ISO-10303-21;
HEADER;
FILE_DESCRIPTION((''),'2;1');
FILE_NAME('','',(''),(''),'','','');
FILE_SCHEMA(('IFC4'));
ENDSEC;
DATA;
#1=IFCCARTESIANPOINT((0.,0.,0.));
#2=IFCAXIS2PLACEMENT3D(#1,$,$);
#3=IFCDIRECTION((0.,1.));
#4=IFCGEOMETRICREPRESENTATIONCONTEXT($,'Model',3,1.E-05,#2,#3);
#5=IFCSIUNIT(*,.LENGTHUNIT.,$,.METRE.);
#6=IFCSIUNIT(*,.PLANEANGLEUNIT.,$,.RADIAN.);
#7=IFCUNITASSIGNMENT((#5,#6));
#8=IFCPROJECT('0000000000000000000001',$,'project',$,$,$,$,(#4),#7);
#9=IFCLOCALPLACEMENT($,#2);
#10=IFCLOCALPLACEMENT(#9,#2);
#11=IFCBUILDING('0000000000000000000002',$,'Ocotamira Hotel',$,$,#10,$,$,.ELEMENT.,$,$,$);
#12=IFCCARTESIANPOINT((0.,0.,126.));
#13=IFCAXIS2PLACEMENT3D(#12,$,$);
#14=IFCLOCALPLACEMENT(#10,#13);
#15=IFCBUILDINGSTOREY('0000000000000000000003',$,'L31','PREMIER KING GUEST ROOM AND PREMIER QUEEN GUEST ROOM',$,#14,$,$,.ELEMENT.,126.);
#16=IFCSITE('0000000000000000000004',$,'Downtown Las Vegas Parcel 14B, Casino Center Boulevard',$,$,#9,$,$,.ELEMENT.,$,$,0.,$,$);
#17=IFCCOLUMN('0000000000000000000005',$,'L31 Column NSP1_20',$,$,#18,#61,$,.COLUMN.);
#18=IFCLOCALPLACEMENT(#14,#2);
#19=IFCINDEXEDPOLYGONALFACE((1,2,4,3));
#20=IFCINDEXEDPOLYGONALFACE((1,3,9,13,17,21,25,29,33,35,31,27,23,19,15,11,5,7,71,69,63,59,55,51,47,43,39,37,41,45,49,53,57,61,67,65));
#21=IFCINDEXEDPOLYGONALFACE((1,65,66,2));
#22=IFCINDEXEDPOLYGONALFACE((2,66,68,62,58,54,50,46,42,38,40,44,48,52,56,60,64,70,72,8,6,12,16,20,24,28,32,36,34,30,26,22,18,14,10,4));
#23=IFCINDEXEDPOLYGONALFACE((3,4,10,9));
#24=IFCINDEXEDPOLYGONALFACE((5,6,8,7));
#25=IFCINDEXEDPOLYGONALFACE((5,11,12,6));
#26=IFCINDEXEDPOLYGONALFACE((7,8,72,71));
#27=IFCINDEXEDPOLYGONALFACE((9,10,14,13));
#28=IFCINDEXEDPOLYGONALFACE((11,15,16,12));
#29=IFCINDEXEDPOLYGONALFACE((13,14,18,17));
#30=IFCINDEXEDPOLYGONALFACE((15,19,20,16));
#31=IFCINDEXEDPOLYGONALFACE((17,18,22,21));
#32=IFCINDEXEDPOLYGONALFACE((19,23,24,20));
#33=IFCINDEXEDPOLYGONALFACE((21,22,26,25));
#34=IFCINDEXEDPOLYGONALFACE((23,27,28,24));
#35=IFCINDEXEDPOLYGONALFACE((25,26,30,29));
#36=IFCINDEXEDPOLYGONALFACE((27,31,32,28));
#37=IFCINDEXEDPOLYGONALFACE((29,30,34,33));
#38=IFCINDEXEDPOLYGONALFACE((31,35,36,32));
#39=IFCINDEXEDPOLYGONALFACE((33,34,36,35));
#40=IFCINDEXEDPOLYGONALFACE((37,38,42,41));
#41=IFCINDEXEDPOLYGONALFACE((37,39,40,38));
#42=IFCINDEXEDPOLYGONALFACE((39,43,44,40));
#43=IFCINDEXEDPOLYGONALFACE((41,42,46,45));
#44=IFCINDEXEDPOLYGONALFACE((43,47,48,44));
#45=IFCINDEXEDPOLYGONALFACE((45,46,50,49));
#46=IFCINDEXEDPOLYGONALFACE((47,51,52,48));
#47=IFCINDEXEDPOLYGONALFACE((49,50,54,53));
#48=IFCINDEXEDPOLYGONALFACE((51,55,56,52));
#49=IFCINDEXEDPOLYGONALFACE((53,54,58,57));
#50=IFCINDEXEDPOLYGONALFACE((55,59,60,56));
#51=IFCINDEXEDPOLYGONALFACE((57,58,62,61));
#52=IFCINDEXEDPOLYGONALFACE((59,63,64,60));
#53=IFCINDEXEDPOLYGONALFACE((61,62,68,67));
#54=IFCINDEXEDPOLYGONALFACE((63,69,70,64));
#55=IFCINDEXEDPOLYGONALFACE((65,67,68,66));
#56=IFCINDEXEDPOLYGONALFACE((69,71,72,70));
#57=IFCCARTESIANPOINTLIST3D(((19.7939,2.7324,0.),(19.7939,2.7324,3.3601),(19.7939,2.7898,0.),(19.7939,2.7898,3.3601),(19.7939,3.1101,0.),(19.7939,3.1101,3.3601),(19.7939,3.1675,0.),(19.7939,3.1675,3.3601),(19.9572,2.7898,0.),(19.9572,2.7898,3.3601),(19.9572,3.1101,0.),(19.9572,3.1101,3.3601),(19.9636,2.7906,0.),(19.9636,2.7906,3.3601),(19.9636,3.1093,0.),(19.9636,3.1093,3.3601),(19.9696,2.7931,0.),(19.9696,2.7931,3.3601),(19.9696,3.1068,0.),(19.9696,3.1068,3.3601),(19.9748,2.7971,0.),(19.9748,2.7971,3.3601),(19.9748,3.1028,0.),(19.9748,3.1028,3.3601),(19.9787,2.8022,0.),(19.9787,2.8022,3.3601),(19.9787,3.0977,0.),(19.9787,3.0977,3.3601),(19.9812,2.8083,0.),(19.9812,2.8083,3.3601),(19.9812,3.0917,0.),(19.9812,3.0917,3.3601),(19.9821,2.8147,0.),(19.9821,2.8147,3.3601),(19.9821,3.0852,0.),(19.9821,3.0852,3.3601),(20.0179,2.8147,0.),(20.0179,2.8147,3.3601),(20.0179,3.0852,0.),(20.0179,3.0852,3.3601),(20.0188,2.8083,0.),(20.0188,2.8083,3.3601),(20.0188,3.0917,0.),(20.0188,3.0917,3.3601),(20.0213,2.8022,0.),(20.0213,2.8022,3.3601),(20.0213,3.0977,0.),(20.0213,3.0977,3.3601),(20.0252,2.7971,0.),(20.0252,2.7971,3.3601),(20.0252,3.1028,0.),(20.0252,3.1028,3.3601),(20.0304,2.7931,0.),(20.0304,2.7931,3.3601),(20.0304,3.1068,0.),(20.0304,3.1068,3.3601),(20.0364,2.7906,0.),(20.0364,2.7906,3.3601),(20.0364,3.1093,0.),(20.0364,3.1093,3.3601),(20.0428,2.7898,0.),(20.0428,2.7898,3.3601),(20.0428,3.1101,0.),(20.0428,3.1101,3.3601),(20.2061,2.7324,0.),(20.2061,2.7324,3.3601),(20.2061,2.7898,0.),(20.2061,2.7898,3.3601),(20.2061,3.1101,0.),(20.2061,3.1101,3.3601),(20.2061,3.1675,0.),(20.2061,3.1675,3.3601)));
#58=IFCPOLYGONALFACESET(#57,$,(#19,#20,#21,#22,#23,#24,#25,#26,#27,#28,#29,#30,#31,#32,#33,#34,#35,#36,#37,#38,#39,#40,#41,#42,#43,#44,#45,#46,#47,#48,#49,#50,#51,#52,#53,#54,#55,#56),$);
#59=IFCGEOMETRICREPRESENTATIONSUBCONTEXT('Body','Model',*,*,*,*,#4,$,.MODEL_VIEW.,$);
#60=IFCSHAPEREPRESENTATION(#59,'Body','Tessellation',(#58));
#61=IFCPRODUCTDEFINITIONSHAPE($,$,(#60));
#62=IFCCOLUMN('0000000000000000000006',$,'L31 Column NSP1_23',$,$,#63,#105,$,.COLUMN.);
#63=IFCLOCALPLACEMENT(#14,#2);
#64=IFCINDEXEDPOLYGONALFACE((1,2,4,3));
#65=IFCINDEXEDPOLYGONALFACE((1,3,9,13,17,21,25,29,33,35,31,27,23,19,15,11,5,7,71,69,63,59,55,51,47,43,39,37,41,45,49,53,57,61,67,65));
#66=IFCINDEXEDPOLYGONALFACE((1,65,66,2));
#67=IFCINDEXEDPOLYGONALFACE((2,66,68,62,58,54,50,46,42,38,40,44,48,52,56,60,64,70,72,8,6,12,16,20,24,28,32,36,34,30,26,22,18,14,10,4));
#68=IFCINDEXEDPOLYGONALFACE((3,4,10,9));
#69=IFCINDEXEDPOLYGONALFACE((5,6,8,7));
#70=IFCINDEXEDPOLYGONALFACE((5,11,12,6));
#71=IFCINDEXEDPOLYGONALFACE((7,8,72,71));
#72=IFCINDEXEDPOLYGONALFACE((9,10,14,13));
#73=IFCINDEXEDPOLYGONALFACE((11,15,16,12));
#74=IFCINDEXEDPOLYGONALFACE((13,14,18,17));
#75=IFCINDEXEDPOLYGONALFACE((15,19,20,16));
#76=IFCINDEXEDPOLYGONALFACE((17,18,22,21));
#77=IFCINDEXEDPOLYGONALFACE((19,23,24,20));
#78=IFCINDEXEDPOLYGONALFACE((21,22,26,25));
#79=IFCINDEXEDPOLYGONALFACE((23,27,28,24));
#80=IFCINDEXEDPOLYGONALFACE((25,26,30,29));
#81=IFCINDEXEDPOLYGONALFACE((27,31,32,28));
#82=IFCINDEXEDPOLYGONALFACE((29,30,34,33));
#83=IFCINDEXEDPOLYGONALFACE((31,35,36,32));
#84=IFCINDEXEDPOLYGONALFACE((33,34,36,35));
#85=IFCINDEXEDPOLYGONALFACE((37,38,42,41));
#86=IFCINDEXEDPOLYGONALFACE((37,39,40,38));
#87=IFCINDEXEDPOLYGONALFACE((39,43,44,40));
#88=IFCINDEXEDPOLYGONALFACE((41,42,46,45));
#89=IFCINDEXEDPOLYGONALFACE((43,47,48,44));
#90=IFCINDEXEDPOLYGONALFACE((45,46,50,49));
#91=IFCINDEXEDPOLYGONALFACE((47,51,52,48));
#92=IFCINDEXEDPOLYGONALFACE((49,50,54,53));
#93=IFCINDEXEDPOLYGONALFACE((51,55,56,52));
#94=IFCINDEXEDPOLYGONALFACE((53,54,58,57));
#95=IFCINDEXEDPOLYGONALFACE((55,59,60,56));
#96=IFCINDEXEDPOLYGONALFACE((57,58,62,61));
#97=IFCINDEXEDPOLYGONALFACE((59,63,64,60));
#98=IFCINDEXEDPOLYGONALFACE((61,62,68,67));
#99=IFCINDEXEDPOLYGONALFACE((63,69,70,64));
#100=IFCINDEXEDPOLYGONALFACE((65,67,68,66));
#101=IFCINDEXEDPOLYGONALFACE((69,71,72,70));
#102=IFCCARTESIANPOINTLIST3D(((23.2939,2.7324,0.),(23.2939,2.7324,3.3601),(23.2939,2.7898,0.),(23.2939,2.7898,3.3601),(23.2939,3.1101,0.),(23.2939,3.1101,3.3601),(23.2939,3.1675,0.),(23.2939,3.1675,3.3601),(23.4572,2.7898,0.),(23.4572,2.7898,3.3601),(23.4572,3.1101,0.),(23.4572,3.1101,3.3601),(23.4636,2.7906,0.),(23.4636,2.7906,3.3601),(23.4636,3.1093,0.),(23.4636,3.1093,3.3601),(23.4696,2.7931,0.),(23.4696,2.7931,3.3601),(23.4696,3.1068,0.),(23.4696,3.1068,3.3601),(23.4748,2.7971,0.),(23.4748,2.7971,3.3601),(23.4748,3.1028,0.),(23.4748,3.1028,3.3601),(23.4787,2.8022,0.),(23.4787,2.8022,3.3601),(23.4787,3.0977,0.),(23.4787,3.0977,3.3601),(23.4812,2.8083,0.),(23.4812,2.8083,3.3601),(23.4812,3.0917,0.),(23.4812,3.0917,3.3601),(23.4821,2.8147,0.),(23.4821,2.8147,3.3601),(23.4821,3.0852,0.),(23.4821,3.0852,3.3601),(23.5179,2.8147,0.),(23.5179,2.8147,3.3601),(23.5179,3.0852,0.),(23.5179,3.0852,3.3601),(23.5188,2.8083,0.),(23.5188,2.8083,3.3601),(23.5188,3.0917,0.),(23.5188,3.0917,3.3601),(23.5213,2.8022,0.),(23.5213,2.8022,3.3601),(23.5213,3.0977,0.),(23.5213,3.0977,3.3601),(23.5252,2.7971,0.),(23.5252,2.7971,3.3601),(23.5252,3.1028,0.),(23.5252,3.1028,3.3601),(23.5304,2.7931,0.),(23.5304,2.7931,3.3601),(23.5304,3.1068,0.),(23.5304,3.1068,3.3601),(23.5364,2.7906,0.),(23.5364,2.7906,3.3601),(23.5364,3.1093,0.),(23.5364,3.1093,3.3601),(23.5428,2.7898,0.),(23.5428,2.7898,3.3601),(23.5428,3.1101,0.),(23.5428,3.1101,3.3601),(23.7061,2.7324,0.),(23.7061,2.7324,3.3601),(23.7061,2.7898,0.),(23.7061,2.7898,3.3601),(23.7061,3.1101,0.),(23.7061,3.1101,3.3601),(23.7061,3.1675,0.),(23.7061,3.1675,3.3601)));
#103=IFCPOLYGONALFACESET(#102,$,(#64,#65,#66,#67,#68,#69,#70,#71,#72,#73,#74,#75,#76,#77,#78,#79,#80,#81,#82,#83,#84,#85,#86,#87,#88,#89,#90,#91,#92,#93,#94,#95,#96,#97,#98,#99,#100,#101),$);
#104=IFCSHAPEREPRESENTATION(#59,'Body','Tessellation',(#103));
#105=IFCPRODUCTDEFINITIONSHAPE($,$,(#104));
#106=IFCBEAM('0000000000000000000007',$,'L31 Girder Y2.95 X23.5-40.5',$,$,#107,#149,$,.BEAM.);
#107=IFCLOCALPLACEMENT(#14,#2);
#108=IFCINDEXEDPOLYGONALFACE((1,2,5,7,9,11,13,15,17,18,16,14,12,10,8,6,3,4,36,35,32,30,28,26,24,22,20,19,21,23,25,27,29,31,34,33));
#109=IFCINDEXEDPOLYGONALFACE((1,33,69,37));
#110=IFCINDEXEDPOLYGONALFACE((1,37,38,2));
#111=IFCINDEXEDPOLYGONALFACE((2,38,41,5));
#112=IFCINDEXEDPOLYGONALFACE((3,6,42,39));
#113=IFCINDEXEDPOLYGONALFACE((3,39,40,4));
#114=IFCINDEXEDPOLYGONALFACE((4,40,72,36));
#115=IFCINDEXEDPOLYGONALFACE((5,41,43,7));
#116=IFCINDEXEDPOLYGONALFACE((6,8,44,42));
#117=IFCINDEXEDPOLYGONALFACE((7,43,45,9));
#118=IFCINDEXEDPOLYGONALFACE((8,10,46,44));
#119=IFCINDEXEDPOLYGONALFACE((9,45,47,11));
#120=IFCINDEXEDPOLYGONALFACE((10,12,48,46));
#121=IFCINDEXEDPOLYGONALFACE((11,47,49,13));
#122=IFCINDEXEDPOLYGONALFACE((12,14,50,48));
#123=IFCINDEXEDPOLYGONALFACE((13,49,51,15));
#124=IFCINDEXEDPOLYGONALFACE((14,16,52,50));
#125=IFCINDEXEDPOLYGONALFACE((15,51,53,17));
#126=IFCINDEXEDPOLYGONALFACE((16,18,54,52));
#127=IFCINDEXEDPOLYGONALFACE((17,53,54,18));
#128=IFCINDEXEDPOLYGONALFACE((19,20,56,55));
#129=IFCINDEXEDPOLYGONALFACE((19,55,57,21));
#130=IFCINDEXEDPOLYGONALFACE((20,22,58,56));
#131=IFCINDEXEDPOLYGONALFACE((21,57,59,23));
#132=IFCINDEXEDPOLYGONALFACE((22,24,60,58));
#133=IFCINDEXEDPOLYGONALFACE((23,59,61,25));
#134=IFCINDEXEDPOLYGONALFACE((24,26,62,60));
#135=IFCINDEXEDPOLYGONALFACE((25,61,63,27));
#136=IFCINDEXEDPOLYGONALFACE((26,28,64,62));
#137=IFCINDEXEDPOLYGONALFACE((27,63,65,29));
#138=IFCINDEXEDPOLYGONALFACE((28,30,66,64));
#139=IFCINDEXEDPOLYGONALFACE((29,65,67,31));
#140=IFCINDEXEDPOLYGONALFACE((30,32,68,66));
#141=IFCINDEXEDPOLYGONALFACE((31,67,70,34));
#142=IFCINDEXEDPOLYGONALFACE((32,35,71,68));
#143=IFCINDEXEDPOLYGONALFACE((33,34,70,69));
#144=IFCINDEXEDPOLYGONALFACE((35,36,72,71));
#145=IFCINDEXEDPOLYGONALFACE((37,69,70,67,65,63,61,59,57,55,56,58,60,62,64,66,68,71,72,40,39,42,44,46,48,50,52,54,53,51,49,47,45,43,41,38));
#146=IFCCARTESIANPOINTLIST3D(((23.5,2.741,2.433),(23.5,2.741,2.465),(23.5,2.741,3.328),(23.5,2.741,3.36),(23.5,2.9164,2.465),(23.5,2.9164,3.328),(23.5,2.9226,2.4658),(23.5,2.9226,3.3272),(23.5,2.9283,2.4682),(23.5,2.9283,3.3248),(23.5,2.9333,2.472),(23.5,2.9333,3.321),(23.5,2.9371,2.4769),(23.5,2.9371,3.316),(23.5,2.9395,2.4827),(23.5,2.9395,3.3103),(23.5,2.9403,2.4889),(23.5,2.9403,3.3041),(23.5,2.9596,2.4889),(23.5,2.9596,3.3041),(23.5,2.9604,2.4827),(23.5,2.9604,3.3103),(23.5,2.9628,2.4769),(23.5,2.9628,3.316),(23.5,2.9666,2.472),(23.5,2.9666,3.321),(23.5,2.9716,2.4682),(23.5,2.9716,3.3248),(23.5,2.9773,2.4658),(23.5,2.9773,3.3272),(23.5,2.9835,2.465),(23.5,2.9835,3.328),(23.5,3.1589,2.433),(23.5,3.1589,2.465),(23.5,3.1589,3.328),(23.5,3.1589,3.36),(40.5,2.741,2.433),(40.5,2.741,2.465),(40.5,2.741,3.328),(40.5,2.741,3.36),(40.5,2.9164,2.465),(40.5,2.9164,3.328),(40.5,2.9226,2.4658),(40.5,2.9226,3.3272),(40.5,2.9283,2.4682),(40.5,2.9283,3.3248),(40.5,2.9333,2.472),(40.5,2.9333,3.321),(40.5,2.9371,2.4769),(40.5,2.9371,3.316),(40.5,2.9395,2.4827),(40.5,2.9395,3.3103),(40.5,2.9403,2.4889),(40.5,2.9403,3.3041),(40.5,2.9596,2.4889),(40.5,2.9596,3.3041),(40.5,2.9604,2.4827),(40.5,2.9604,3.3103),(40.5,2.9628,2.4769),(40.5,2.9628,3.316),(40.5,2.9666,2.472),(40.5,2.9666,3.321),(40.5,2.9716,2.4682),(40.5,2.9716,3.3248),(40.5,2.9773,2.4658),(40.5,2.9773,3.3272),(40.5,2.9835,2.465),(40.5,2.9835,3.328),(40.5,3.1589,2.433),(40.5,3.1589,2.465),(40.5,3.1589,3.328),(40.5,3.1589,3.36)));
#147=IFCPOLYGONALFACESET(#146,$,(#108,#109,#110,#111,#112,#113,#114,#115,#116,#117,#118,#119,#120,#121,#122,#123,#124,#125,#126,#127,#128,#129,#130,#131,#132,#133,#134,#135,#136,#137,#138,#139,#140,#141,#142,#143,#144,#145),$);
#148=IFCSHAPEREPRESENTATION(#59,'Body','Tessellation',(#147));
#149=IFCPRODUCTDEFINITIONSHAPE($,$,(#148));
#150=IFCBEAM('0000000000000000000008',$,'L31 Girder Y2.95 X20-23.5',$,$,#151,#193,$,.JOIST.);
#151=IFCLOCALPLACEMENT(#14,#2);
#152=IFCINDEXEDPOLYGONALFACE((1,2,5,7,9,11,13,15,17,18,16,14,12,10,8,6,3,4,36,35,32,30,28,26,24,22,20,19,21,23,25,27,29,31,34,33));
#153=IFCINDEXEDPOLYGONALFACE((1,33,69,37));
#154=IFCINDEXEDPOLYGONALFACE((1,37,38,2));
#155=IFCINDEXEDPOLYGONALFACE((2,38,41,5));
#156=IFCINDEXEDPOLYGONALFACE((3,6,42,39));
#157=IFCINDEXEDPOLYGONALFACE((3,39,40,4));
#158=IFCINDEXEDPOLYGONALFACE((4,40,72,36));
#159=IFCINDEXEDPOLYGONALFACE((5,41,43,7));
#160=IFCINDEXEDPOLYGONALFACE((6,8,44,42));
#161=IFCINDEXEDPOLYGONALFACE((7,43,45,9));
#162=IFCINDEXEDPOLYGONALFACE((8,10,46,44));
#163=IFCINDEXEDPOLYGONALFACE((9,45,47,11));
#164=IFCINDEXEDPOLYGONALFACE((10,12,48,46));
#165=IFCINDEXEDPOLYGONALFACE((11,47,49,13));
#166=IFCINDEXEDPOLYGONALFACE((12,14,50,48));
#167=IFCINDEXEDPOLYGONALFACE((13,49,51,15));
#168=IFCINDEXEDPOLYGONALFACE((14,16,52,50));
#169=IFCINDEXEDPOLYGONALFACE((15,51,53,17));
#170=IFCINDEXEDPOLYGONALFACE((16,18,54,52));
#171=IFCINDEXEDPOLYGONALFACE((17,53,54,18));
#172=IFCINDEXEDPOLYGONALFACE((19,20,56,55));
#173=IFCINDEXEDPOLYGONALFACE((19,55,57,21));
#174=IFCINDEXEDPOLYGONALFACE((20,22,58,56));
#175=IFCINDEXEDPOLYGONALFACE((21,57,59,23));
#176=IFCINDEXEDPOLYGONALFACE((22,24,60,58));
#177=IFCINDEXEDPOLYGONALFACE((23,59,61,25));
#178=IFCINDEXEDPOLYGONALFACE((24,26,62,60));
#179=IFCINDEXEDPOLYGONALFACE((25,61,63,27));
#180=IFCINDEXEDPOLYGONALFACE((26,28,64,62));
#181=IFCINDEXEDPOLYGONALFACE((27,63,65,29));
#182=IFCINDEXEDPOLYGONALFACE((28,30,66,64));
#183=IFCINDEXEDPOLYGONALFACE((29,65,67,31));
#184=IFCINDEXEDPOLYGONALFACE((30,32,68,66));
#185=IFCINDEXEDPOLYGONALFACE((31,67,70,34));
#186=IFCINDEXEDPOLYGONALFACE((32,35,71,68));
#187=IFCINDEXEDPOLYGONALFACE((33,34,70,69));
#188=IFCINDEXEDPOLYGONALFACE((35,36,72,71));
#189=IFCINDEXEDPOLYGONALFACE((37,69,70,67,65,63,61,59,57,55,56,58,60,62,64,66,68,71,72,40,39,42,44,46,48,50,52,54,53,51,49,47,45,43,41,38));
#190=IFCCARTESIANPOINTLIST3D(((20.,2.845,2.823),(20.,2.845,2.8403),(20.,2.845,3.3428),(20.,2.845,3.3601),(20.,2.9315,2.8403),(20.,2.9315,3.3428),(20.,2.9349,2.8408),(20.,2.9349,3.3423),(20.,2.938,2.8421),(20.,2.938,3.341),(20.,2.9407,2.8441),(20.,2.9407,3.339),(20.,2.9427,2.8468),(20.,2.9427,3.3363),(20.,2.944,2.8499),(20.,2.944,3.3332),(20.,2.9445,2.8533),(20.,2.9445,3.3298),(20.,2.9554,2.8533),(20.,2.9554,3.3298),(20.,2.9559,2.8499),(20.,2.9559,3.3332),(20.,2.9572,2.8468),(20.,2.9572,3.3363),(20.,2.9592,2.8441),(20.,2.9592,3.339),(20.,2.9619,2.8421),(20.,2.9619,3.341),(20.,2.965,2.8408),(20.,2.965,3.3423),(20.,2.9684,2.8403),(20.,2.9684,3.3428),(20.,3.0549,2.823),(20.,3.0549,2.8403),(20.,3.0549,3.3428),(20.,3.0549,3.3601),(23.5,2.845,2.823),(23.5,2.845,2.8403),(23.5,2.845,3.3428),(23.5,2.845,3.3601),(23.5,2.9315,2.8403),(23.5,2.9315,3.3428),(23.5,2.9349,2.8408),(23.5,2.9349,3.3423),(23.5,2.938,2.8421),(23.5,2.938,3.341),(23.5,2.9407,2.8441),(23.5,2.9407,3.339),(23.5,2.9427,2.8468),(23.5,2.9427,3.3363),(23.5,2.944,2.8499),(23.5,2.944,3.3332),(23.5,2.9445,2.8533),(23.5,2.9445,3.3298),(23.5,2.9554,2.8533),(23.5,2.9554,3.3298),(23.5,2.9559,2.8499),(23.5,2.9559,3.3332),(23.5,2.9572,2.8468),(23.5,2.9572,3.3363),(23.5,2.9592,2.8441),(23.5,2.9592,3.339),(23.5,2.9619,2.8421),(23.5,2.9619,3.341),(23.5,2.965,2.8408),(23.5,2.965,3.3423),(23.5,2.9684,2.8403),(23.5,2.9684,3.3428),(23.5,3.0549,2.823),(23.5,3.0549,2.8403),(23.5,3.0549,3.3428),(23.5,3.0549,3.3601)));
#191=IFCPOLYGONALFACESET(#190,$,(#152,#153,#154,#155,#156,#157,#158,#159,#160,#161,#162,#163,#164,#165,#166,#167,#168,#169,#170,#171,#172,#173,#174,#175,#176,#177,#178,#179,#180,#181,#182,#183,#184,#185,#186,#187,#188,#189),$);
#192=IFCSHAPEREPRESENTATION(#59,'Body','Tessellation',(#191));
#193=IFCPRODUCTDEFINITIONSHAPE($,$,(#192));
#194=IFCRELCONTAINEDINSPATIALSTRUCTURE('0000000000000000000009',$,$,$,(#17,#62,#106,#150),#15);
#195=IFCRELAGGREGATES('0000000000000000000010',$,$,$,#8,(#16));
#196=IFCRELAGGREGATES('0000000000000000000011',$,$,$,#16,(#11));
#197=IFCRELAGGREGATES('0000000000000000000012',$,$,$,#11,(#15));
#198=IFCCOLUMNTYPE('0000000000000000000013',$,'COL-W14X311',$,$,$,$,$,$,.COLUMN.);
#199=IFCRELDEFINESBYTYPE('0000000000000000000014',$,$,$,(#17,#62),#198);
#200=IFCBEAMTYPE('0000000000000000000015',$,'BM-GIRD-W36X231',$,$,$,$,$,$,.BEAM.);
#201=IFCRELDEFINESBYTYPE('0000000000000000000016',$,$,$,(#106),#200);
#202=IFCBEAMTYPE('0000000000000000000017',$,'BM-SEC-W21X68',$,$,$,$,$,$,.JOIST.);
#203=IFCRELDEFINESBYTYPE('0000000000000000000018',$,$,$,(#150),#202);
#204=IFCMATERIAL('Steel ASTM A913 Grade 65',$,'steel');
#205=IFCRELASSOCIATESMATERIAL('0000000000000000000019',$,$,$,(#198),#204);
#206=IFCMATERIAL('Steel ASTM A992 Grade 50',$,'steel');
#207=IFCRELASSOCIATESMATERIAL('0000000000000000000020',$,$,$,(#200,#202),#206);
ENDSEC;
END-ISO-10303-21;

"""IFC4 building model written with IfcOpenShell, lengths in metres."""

from ifc_helpers import new_model, si_unit, direction, frame, origin, origin_2d, place, context, subcontext, project, spatial, i_section, extrude, source, transform, mapped, material, material_profile, profile_set, type_object, element, save


model = new_model("IFC4")

# Units and contexts
model_context = context("Model", 3, precision=1e-05, world=origin(), true_north=direction((0.0, 1.0)))
body_context = subcontext(model_context, "Body", "Model", "MODEL_VIEW")
ifc_project = project(units=[si_unit("LENGTHUNIT", "METRE"), si_unit("PLANEANGLEUNIT", "RADIAN")], contexts=[model_context])

# Site, building, storey
site_placement = place(None, origin())
site = spatial("IfcSite", under=ifc_project, at=site_placement, Name="Downtown Las Vegas Parcel 14B, Casino Center Boulevard", CompositionType="ELEMENT", RefElevation=0.0)
building_placement = place(site_placement, origin())
building = spatial("IfcBuilding", under=site, at=building_placement, Name="Ocotamira Hotel", CompositionType="ELEMENT")
storey_placement = place(building_placement, frame((0.0, 0.0, 126.0)))
storey = spatial("IfcBuildingStorey", under=building, at=storey_placement, Name="L31", Description="PREMIER KING GUEST ROOM AND PREMIER QUEEN GUEST ROOM", CompositionType="ELEMENT", Elevation=126.0)

# Columns
ifc_material_1 = material(Name="Steel ASTM A913 Grade 65", Category="steel")
ifc_material_profile_1 = material_profile(ifc_material_1, i_section(OverallWidth=0.4121, OverallDepth=0.4351, WebThickness=0.0359, FlangeThickness=0.0574, FilletRadius=0.0249, at=origin_2d()), Name="W14X311")
ifc_profile_set_1 = profile_set([ifc_material_profile_1], Name="Steel ASTM A913 Grade 65")
column_type = type_object("IfcColumnType", Name="COL-W14X311", PredefinedType="COLUMN", material=ifc_profile_set_1)
shared_shape_1 = source(origin(), body_context, "Body", "SweptSolid", [
    extrude(i_section(OverallWidth=0.4121, OverallDepth=0.4351, WebThickness=0.0359, FlangeThickness=0.0574, FilletRadius=0.0249, at=origin_2d()), origin(), (0.0, 0.0, 1.0), 3.3601),
])
for number, where, z_axis, x_axis, name in (
    (1, (20.0, 2.95, 0.0), (0.0, 0.0, 1.0), (1.0, 0.0, 0.0), "L31 Column NSP1_20"),
    (2, (23.5, 2.95, 0.0), (0.0, 0.0, 1.0), (1.0, 0.0, 0.0), "L31 Column NSP1_23"),
):
    element("IfcColumn", number, at=place(storey_placement, frame(where, z_axis=z_axis, x_axis=x_axis)), inside=storey, type_object=column_type, Name=name, PredefinedType="COLUMN", context=body_context, shape_type="MappedRepresentation", body=[
        mapped(shared_shape_1, transform((0.0, 0.0, 0.0), scale=1.0)),
    ])

# Beams
ifc_material_2 = material(Name="Steel ASTM A992 Grade 50", Category="steel")
ifc_material_profile_2 = material_profile(ifc_material_2, i_section(OverallWidth=0.418, OverallDepth=0.927, WebThickness=0.0193, FlangeThickness=0.032, FilletRadius=0.0239, at=origin_2d()), Name="W36X231")
ifc_profile_set_2 = profile_set([ifc_material_profile_2], Name="Steel ASTM A992 Grade 50")
beam_type_1 = type_object("IfcBeamType", Name="BM-GIRD-W36X231", PredefinedType="BEAM", material=ifc_profile_set_2)
shared_shape_2 = source(origin(), body_context, "Body", "SweptSolid", [
    extrude(i_section(OverallWidth=0.418, OverallDepth=0.927, WebThickness=0.0193, FlangeThickness=0.032, FilletRadius=0.0239, at=origin_2d()), origin(), (0.0, 0.0, 1.0), 17.0),
])
beam_1_placement = place(storey_placement, frame((23.5, 2.95, 2.8965), z_axis=(1.0, 0.0, 0.0), x_axis=(0.0, 1.0, 0.0)))
element("IfcBeam", 3, at=beam_1_placement, inside=storey, type_object=beam_type_1, Name="L31 Girder Y2.95 X23.5-40.5", PredefinedType="BEAM", context=body_context, shape_type="MappedRepresentation", body=[
    mapped(shared_shape_2, transform((0.0, 0.0, 0.0), scale=1.0)),
])
ifc_material_profile_3 = material_profile(ifc_material_2, i_section(OverallWidth=0.21, OverallDepth=0.5371, WebThickness=0.011, FlangeThickness=0.0173, FilletRadius=0.0129, at=origin_2d()), Name="W21X68")
ifc_profile_set_3 = profile_set([ifc_material_profile_3], Name="Steel ASTM A992 Grade 50")
beam_type_2 = type_object("IfcBeamType", Name="BM-SEC-W21X68", PredefinedType="JOIST", material=ifc_profile_set_3)
shared_shape_3 = source(origin(), body_context, "Body", "SweptSolid", [
    extrude(i_section(OverallWidth=0.21, OverallDepth=0.5371, WebThickness=0.011, FlangeThickness=0.0173, FilletRadius=0.0129, at=origin_2d()), origin(), (0.0, 0.0, 1.0), 3.5),
])
beam_2_placement = place(storey_placement, frame((20.0, 2.95, 3.0916), z_axis=(1.0, 0.0, 0.0), x_axis=(0.0, 1.0, 0.0)))
element("IfcBeam", 4, at=beam_2_placement, inside=storey, type_object=beam_type_2, Name="L31 Girder Y2.95 X20-23.5", PredefinedType="JOIST", context=body_context, shape_type="MappedRepresentation", body=[
    mapped(shared_shape_3, transform((0.0, 0.0, 0.0), scale=1.0)),
])

save(model, "model.ifc")
